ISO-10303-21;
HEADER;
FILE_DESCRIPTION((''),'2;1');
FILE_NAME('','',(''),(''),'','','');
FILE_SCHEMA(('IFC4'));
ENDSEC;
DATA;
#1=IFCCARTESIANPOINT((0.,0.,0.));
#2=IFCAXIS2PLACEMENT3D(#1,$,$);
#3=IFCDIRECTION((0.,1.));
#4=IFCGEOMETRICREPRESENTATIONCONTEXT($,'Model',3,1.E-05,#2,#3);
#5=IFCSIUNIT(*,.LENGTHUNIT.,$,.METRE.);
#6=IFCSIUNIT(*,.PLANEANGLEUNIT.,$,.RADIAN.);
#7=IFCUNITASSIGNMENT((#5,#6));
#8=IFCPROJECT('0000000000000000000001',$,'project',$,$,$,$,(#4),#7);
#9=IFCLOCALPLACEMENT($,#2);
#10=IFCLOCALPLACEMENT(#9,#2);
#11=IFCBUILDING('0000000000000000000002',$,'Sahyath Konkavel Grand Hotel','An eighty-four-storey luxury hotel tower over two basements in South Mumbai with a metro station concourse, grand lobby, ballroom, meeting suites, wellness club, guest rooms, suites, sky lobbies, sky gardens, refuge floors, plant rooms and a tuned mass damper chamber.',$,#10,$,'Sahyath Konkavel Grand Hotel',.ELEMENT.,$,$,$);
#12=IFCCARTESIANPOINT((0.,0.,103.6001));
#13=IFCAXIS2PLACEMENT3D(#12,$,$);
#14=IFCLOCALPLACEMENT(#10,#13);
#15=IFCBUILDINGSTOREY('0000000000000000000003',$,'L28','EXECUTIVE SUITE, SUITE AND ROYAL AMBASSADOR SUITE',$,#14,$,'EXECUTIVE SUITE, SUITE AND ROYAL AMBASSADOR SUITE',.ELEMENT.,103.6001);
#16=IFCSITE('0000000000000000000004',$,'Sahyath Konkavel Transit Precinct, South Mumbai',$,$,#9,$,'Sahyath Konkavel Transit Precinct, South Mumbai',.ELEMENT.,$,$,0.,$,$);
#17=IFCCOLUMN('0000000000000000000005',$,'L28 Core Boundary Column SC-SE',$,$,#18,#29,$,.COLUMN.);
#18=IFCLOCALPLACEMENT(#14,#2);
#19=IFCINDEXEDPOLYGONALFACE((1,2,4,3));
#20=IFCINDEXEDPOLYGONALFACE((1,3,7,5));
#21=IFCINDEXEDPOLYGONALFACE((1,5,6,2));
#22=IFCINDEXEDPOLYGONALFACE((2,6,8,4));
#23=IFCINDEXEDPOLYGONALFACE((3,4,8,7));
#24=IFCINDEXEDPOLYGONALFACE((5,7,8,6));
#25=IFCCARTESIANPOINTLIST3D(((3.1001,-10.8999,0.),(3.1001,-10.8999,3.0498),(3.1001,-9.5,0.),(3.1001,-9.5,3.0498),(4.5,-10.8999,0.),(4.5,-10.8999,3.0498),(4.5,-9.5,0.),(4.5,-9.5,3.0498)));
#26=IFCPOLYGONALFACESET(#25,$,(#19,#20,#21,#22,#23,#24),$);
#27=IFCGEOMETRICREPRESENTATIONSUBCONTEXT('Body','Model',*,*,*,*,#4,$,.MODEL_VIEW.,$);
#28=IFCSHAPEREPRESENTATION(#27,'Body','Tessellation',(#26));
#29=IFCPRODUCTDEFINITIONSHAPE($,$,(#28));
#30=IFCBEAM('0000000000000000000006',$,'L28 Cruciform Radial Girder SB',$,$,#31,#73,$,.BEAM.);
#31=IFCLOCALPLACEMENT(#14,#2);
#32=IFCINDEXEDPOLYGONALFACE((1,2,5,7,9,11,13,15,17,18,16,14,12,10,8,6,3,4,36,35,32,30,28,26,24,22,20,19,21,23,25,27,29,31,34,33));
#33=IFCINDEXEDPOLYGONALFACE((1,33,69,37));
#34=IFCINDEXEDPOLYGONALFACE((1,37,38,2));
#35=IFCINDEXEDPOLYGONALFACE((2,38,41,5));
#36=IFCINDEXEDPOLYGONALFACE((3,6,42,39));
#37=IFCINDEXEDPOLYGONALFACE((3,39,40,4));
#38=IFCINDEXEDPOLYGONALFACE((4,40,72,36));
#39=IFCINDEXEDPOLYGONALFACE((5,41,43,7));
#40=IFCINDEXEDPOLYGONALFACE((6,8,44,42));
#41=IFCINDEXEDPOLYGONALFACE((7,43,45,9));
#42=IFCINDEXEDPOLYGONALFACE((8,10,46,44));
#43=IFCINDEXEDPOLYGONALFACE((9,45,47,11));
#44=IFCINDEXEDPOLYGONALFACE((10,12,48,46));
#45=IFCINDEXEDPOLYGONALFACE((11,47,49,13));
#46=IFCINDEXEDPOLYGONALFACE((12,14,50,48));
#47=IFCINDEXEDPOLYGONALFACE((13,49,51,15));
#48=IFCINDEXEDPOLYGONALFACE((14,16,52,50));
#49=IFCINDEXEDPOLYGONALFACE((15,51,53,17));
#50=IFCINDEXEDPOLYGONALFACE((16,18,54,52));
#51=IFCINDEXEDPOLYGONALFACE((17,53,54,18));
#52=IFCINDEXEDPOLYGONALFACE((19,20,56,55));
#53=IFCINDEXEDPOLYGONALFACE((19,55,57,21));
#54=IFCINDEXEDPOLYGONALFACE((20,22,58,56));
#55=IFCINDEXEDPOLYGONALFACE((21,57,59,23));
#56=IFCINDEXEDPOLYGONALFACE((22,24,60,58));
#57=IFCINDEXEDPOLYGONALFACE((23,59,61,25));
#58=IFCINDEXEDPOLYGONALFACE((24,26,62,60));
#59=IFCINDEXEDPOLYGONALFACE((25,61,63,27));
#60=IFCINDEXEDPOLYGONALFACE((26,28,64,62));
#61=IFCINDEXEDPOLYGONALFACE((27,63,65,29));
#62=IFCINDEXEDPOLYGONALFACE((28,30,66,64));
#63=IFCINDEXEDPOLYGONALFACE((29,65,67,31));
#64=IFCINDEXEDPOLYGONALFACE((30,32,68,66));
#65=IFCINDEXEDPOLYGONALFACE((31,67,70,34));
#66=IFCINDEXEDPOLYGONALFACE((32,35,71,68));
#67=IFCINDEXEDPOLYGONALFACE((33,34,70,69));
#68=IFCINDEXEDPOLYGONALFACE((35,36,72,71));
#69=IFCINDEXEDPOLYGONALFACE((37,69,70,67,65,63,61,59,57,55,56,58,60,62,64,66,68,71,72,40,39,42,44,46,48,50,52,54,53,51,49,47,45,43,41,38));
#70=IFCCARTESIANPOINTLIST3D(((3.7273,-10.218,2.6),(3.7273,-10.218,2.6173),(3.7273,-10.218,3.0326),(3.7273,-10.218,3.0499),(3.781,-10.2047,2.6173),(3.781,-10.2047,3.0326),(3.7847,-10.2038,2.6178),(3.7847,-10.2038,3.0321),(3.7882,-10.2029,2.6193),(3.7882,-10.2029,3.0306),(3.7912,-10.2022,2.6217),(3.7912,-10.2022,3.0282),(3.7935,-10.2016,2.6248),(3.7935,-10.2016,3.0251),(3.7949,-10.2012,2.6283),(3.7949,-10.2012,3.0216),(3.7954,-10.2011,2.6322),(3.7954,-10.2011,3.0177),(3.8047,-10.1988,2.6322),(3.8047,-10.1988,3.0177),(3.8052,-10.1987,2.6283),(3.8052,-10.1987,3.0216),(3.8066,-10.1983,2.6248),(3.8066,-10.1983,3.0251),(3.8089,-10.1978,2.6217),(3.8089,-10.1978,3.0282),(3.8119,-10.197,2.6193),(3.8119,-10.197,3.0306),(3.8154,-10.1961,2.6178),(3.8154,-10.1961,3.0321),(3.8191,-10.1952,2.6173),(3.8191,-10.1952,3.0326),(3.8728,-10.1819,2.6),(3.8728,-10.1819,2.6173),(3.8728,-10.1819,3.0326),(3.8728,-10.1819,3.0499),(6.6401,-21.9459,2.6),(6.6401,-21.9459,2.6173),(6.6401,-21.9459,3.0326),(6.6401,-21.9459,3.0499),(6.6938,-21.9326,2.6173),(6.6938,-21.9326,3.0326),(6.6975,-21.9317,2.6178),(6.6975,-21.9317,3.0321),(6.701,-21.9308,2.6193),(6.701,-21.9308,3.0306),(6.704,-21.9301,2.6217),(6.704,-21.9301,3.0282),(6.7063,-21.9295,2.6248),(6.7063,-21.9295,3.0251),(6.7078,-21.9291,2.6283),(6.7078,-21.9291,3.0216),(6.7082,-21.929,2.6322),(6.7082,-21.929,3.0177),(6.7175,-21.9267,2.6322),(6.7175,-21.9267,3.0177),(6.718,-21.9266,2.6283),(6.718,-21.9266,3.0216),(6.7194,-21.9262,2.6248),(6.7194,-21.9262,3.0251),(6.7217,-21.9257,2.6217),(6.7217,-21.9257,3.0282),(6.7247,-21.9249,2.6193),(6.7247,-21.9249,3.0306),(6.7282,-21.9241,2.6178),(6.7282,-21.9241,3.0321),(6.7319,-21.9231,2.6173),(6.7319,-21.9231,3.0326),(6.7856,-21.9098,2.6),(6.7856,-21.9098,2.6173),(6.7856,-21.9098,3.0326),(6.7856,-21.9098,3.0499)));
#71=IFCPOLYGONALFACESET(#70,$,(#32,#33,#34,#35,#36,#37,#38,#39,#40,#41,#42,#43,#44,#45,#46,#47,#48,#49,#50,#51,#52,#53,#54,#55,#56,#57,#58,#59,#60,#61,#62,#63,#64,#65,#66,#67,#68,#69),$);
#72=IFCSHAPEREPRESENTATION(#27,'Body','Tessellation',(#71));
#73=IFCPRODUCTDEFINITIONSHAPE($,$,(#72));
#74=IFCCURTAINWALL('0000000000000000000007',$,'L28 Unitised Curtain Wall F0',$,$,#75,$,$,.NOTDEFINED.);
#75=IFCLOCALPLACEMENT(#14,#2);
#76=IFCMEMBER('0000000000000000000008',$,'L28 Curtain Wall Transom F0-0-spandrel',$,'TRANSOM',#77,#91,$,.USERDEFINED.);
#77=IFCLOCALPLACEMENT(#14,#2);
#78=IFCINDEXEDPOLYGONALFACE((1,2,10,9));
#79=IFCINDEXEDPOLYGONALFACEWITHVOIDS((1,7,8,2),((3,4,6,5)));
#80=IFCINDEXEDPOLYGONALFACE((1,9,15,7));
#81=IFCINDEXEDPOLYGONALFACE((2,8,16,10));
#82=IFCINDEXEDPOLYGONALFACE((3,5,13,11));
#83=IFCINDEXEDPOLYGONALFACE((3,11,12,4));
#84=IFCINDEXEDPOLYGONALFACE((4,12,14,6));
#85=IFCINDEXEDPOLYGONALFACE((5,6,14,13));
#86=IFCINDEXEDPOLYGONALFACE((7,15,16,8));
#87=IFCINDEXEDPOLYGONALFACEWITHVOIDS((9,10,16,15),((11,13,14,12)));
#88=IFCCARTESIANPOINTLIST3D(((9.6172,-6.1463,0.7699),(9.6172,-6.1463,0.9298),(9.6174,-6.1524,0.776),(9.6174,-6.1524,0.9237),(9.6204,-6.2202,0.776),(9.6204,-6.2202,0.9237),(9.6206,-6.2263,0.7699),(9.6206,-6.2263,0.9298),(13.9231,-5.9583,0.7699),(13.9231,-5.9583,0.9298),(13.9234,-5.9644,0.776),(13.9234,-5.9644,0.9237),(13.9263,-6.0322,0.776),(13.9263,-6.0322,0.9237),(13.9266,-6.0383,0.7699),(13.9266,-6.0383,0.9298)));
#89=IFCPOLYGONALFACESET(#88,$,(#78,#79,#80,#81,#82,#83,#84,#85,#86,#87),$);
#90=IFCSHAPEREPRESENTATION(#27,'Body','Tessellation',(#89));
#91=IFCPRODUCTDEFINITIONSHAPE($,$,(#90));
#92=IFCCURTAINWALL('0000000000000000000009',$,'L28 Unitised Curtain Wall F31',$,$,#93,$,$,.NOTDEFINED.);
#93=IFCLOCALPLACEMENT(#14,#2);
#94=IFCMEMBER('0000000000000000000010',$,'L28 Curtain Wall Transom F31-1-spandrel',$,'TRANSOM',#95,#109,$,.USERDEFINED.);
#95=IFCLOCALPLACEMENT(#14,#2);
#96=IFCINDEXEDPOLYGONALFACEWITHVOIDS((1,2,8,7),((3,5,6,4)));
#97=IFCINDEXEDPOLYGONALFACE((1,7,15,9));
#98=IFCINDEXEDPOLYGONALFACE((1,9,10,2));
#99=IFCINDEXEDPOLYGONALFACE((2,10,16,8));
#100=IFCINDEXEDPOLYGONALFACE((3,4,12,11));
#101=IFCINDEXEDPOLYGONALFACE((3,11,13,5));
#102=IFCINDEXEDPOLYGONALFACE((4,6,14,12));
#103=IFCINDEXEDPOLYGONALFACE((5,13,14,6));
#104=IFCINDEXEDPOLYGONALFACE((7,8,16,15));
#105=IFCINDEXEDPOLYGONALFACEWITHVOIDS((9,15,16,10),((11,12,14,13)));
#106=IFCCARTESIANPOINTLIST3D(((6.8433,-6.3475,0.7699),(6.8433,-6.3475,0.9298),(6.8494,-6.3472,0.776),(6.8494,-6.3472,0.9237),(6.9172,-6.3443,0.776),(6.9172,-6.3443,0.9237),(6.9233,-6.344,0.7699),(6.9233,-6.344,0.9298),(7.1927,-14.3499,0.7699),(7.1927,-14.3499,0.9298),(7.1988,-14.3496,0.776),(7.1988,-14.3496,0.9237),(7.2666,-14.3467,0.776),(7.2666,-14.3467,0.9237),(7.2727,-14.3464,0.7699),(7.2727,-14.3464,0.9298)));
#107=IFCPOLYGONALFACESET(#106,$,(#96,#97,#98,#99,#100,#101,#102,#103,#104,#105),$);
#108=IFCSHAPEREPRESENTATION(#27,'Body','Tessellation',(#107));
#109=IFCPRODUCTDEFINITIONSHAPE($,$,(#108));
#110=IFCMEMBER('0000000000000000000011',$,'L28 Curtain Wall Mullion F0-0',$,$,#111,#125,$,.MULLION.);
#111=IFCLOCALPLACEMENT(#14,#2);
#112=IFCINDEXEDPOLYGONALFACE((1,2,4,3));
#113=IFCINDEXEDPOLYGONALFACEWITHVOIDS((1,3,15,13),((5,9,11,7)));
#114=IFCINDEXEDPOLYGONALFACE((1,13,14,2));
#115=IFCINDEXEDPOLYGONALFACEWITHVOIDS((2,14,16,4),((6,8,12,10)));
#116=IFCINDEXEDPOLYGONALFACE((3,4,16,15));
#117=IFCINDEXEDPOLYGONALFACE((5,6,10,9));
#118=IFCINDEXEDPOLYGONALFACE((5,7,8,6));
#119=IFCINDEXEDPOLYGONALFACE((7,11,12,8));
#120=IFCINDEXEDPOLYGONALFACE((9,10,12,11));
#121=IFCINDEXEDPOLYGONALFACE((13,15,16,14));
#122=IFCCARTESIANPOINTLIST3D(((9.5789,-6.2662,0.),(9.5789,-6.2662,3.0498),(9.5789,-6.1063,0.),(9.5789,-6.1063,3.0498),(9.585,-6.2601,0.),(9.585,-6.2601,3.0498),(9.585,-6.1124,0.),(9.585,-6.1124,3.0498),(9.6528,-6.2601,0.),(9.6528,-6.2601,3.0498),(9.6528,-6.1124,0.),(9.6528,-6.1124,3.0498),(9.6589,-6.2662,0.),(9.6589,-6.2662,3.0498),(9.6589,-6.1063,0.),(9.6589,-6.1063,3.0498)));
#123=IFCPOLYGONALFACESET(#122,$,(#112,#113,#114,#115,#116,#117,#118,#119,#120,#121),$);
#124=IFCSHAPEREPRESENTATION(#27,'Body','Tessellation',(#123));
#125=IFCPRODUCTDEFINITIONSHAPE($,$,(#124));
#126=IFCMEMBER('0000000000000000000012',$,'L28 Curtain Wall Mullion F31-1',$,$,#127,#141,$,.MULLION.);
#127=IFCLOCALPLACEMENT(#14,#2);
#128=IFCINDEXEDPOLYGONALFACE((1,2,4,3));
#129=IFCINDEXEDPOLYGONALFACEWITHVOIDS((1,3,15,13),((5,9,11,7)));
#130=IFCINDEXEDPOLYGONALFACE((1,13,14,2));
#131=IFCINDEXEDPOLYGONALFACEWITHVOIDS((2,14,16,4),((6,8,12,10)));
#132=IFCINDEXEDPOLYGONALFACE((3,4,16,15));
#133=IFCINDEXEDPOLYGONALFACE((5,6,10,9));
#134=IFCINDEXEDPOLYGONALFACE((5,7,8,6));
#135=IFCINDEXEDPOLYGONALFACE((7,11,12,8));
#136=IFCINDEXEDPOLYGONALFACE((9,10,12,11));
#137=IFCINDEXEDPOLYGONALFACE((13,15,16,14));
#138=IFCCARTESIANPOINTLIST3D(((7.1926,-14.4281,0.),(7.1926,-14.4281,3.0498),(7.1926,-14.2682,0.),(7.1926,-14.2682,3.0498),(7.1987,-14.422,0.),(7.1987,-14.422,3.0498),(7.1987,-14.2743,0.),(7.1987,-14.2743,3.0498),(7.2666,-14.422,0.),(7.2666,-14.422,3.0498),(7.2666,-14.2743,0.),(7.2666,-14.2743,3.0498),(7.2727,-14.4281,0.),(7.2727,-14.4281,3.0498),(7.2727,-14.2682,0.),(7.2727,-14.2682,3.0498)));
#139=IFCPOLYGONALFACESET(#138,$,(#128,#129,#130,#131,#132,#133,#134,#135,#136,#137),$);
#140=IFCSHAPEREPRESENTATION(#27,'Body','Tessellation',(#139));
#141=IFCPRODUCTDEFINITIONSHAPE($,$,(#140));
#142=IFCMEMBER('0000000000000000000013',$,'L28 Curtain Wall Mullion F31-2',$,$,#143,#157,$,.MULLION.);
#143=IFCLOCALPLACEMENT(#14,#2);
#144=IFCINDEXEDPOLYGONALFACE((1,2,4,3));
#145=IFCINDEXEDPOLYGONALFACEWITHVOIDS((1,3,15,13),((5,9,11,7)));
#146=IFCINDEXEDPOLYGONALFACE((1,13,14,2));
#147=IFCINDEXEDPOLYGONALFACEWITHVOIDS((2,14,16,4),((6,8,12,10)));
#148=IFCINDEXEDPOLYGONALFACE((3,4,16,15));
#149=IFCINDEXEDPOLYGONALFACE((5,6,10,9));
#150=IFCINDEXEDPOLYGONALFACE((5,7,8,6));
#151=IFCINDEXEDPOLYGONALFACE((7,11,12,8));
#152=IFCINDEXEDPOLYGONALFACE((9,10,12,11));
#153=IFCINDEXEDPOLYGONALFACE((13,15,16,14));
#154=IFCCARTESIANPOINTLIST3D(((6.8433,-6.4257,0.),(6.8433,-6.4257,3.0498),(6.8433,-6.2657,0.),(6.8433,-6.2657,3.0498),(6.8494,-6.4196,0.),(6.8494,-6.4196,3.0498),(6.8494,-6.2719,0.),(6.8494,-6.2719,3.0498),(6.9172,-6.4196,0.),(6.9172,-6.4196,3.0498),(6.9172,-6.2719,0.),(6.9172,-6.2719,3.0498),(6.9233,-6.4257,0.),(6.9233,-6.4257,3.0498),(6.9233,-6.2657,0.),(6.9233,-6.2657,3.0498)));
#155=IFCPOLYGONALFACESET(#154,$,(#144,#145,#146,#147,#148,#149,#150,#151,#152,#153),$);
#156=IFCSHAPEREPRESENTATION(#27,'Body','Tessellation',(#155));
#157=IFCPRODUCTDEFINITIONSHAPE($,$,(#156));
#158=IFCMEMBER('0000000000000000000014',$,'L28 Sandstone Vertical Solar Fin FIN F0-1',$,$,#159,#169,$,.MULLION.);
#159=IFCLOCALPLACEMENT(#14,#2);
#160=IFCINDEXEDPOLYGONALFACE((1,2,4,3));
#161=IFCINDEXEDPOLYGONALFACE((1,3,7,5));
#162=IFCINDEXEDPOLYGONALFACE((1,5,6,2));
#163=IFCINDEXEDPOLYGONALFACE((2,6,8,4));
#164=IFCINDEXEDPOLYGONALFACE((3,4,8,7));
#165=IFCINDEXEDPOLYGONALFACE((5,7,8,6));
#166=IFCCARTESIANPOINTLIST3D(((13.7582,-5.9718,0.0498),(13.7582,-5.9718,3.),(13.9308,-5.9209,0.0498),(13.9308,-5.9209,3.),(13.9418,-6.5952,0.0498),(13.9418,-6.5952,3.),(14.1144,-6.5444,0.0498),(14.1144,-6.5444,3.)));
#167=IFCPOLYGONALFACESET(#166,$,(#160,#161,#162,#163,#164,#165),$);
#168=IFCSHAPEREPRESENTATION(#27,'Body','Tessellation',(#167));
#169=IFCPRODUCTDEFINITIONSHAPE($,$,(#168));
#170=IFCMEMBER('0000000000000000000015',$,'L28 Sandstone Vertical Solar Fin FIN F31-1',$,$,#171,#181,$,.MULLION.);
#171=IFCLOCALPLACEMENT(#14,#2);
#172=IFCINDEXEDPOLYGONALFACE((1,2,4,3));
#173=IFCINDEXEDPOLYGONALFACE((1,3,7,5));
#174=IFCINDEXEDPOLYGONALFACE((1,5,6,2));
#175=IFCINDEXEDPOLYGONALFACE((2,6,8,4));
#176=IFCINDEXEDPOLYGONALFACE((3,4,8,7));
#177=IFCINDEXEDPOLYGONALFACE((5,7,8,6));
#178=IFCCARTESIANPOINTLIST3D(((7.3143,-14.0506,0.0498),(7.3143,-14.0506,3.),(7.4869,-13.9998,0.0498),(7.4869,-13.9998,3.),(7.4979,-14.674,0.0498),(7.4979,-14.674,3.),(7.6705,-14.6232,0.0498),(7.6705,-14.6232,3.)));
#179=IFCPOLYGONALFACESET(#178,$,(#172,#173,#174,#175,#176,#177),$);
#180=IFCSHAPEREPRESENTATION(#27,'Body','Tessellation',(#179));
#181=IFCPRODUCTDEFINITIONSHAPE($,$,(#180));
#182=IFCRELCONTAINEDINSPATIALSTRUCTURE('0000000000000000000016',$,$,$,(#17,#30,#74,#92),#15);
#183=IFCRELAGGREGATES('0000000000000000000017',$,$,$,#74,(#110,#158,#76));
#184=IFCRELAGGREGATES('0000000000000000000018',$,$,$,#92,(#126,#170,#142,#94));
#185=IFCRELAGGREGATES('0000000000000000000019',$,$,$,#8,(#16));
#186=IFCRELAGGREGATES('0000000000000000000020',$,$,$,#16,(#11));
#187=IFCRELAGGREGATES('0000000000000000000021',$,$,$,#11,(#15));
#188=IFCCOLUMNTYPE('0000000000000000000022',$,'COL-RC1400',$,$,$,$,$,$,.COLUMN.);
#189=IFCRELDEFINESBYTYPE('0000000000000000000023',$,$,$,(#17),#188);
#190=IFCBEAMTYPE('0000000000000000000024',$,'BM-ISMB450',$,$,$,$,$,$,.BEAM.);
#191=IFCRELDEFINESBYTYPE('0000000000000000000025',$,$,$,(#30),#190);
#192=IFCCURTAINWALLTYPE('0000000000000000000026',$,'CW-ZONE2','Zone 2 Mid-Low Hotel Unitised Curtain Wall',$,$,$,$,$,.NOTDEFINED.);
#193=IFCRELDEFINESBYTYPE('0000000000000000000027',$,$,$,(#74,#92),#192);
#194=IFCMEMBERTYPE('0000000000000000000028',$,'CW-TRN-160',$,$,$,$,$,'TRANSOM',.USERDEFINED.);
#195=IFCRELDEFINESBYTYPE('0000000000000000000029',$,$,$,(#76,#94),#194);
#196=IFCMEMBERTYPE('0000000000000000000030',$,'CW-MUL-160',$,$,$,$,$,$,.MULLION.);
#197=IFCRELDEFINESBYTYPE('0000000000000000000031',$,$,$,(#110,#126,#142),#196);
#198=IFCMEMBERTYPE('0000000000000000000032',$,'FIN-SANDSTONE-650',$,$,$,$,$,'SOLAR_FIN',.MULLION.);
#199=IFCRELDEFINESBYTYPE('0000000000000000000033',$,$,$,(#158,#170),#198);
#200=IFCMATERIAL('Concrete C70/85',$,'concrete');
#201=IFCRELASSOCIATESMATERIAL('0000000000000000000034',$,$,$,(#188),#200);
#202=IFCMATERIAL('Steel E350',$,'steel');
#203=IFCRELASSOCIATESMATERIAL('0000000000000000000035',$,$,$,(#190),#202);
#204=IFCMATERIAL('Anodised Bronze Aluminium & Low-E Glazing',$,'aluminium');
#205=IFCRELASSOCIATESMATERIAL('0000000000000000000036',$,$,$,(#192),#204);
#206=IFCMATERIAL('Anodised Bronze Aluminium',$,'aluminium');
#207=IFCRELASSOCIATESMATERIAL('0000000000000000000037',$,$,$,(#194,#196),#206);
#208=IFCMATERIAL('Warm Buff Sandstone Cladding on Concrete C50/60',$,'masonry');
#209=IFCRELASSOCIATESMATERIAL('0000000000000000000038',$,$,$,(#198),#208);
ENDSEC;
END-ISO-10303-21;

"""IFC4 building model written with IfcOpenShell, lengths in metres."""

from ifc_helpers import new_model, si_unit, direction, frame, origin, origin_2d, place, context, subcontext, project, spatial, rectangle, hollow_rectangle, i_section, extrude, source, transform, mapped, material, material_profile, profile_set, type_object, element, aggregate, save


model = new_model("IFC4")

# Units and contexts
model_context = context("Model", 3, precision=1e-05, world=origin(), true_north=direction((0.0, 1.0)))
body_context = subcontext(model_context, "Body", "Model", "MODEL_VIEW")
ifc_project = project(units=[si_unit("LENGTHUNIT", "METRE"), si_unit("PLANEANGLEUNIT", "RADIAN")], contexts=[model_context])

# Site, building, storey
site_placement = place(None, origin())
site = spatial("IfcSite", under=ifc_project, at=site_placement, Name="Sahyath Konkavel Transit Precinct, South Mumbai", LongName="Sahyath Konkavel Transit Precinct, South Mumbai", CompositionType="ELEMENT", RefElevation=0.0)
building_placement = place(site_placement, origin())
building = spatial("IfcBuilding", under=site, at=building_placement, Name="Sahyath Konkavel Grand Hotel", Description="An eighty-four-storey luxury hotel tower over two basements in South Mumbai with a metro station concourse, grand lobby, ballroom, meeting suites, wellness club, guest rooms, suites, sky lobbies, sky gardens, refuge floors, plant rooms and a tuned mass damper chamber.", LongName="Sahyath Konkavel Grand Hotel", CompositionType="ELEMENT")
storey_placement = place(building_placement, frame((0.0, 0.0, 103.6001)))
storey = spatial("IfcBuildingStorey", under=building, at=storey_placement, Name="L28", Description="EXECUTIVE SUITE, SUITE AND ROYAL AMBASSADOR SUITE", LongName="EXECUTIVE SUITE, SUITE AND ROYAL AMBASSADOR SUITE", CompositionType="ELEMENT", Elevation=103.6001)

# Column
ifc_material_1 = material(Name="Concrete C70/85", Category="concrete")
ifc_material_profile_1 = material_profile(ifc_material_1, rectangle(XDim=1.3999, YDim=1.3999, at=origin_2d()), Name="RC 1400x1400")
ifc_profile_set_1 = profile_set([ifc_material_profile_1], Name="Concrete C70/85")
column_type = type_object("IfcColumnType", Name="COL-RC1400", PredefinedType="COLUMN", material=ifc_profile_set_1)
shared_shape_1 = source(origin(), body_context, "Body", "SweptSolid", [
    extrude(rectangle(XDim=1.3999, YDim=1.3999, at=origin_2d()), origin(), (0.0, 0.0, 1.0), 3.0498),
])
column_placement = place(storey_placement, frame((3.8, -10.2, 0.0), z_axis=(0.0, 0.0, 1.0), x_axis=(1.0, 0.0, 0.0)))
element("IfcColumn", 1, at=column_placement, inside=storey, type_object=column_type, Name="L28 Core Boundary Column SC-SE", PredefinedType="COLUMN", context=body_context, shape_type="MappedRepresentation", body=[
    mapped(shared_shape_1, transform((0.0, 0.0, 0.0), scale=1.0)),
])

# Beam
ifc_material_2 = material(Name="Steel E350", Category="steel")
ifc_material_profile_2 = material_profile(ifc_material_2, i_section(OverallWidth=0.1499, OverallDepth=0.45, WebThickness=0.0095, FlangeThickness=0.0173, FilletRadius=0.0149, at=origin_2d()), Name="ISMB 450")
ifc_profile_set_2 = profile_set([ifc_material_profile_2], Name="Steel E350")
beam_type = type_object("IfcBeamType", Name="BM-ISMB450", PredefinedType="BEAM", material=ifc_profile_set_2)
shared_shape_2 = source(origin(), body_context, "Body", "SweptSolid", [
    extrude(i_section(OverallWidth=0.1499, OverallDepth=0.45, WebThickness=0.0095, FlangeThickness=0.0173, FilletRadius=0.0149, at=origin_2d()), origin(), (0.0, 0.0, 1.0), 12.0842),
])
beam_placement = place(storey_placement, frame((3.8, -10.2, 2.825), z_axis=(0.241043, -0.970515, 0.0), x_axis=(0.970515, 0.241043, 0.0)))
element("IfcBeam", 2, at=beam_placement, inside=storey, type_object=beam_type, Name="L28 Cruciform Radial Girder SB", PredefinedType="BEAM", context=body_context, shape_type="MappedRepresentation", body=[
    mapped(shared_shape_2, transform((0.0, 0.0, 0.0), scale=1.0)),
])

# Curtain walls, members
ifc_material_3 = material(Name="Anodised Bronze Aluminium & Low-E Glazing", Category="aluminium")
curtain_wall_type = type_object("IfcCurtainWallType", Name="CW-ZONE2", Description="Zone 2 Mid-Low Hotel Unitised Curtain Wall", PredefinedType="NOTDEFINED", material=ifc_material_3)
curtain_wall_1_placement = place(storey_placement, origin())
curtain_wall_1 = element("IfcCurtainWall", 3, at=curtain_wall_1_placement, inside=storey, type_object=curtain_wall_type, Name="L28 Unitised Curtain Wall F0", PredefinedType="NOTDEFINED")
ifc_material_4 = material(Name="Anodised Bronze Aluminium", Category="aluminium")
ifc_material_profile_3 = material_profile(ifc_material_4, hollow_rectangle(XDim=0.0801, YDim=0.1599, WallThickness=0.0061, at=origin_2d()), Name="RHS 160x80x6")
ifc_profile_set_3 = profile_set([ifc_material_profile_3], Name="Anodised Bronze Aluminium")
member_type_1 = type_object("IfcMemberType", Name="CW-TRN-160", ElementType="TRANSOM", PredefinedType="USERDEFINED", material=ifc_profile_set_3)
shared_shape_3 = source(origin(), body_context, "Body", "SweptSolid", [
    extrude(hollow_rectangle(XDim=0.0801, YDim=0.1599, WallThickness=0.0061, at=origin_2d()), origin(), (0.0, 0.0, 1.0), 4.3101),
])
member_1_placement = place(storey_placement, frame((9.6189, -6.1863, 0.8499), z_axis=(0.999048, 0.043617, 0.0), x_axis=(-0.043617, 0.999048, 0.0)))
member_1 = element("IfcMember", 4, at=member_1_placement, type_object=member_type_1, Name="L28 Curtain Wall Transom F0-0-spandrel", ObjectType="TRANSOM", PredefinedType="USERDEFINED", context=body_context, shape_type="MappedRepresentation", body=[
    mapped(shared_shape_3, transform((0.0, 0.0, 0.0), scale=1.0)),
])
curtain_wall_2_placement = place(storey_placement, origin())
curtain_wall_2 = element("IfcCurtainWall", 5, at=curtain_wall_2_placement, inside=storey, type_object=curtain_wall_type, Name="L28 Unitised Curtain Wall F31", PredefinedType="NOTDEFINED")
shared_shape_4 = source(origin(), body_context, "Body", "SweptSolid", [
    extrude(hollow_rectangle(XDim=0.0801, YDim=0.1599, WallThickness=0.0061, at=origin_2d()), origin(), (0.0, 0.0, 1.0), 8.01),
])
member_2_placement = place(storey_placement, frame((7.2327, -14.3481, 0.8499), z_axis=(-0.043616, 0.999048, 0.0), x_axis=(-0.999048, -0.043616, 0.0)))
member_2 = element("IfcMember", 6, at=member_2_placement, type_object=member_type_1, Name="L28 Curtain Wall Transom F31-1-spandrel", ObjectType="TRANSOM", PredefinedType="USERDEFINED", context=body_context, shape_type="MappedRepresentation", body=[
    mapped(shared_shape_4, transform((0.0, 0.0, 0.0), scale=1.0)),
])

# Members
ifc_material_profile_4 = material_profile(ifc_material_4, hollow_rectangle(XDim=0.0801, YDim=0.1599, WallThickness=0.0061, at=origin_2d()), Name="RHS 160x80x6")
ifc_profile_set_4 = profile_set([ifc_material_profile_4], Name="Anodised Bronze Aluminium")
member_type_2 = type_object("IfcMemberType", Name="CW-MUL-160", PredefinedType="MULLION", material=ifc_profile_set_4)
shared_shape_5 = source(origin(), body_context, "Body", "SweptSolid", [
    extrude(hollow_rectangle(XDim=0.0801, YDim=0.1599, WallThickness=0.0061, at=origin_2d()), origin(), (0.0, 0.0, 1.0), 3.0498),
])
member_3_placement = place(storey_placement, frame((9.6189, -6.1863, 0.0), z_axis=(0.0, 0.0, 1.0), x_axis=(1.0, 0.0, 0.0)))
member_3 = element("IfcMember", 7, at=member_3_placement, type_object=member_type_2, Name="L28 Curtain Wall Mullion F0-0", PredefinedType="MULLION", context=body_context, shape_type="MappedRepresentation", body=[
    mapped(shared_shape_5, transform((0.0, 0.0, 0.0), scale=1.0)),
])
member_4_placement = place(storey_placement, frame((7.2327, -14.3481, 0.0), z_axis=(0.0, 0.0, 1.0), x_axis=(1.0, 0.0, 0.0)))
member_4 = element("IfcMember", 8, at=member_4_placement, type_object=member_type_2, Name="L28 Curtain Wall Mullion F31-1", PredefinedType="MULLION", context=body_context, shape_type="MappedRepresentation", body=[
    mapped(shared_shape_5, transform((0.0, 0.0, 0.0), scale=1.0)),
])
member_5_placement = place(storey_placement, frame((6.8833, -6.3457, 0.0), z_axis=(0.0, 0.0, 1.0), x_axis=(1.0, 0.0, 0.0)))
member_5 = element("IfcMember", 9, at=member_5_placement, type_object=member_type_2, Name="L28 Curtain Wall Mullion F31-2", PredefinedType="MULLION", context=body_context, shape_type="MappedRepresentation", body=[
    mapped(shared_shape_5, transform((0.0, 0.0, 0.0), scale=1.0)),
])
ifc_material_5 = material(Name="Warm Buff Sandstone Cladding on Concrete C50/60", Category="masonry")
ifc_material_profile_5 = material_profile(ifc_material_5, rectangle(XDim=0.1799, YDim=0.6499, at=origin_2d()), Name="FIN 180x650")
ifc_profile_set_5 = profile_set([ifc_material_profile_5], Name="Warm Buff Sandstone Cladding on Concrete C50/60")
member_type_3 = type_object("IfcMemberType", Name="FIN-SANDSTONE-650", ElementType="SOLAR_FIN", PredefinedType="MULLION", material=ifc_profile_set_5)
shared_shape_6 = source(origin(), body_context, "Body", "SweptSolid", [
    extrude(rectangle(XDim=0.1799, YDim=0.6499, at=origin_2d()), origin(), (0.0, 0.0, 1.0), 2.9502),
])
member_6_placement = place(storey_placement, frame((13.9363, -6.2581, 0.0498), z_axis=(0.0, 0.0, 1.0), x_axis=(0.959265, 0.282509, 0.0)))
member_6 = element("IfcMember", 10, at=member_6_placement, type_object=member_type_3, Name="L28 Sandstone Vertical Solar Fin FIN F0-1", PredefinedType="MULLION", context=body_context, shape_type="MappedRepresentation", body=[
    mapped(shared_shape_6, transform((0.0, 0.0, 0.0), scale=1.0)),
])
aggregate(curtain_wall_1, [member_3, member_6, member_1])
member_7_placement = place(storey_placement, frame((7.4924, -14.3369, 0.0498), z_axis=(0.0, 0.0, 1.0), x_axis=(0.959265, 0.282509, 0.0)))
member_7 = element("IfcMember", 11, at=member_7_placement, type_object=member_type_3, Name="L28 Sandstone Vertical Solar Fin FIN F31-1", PredefinedType="MULLION", context=body_context, shape_type="MappedRepresentation", body=[
    mapped(shared_shape_6, transform((0.0, 0.0, 0.0), scale=1.0)),
])

aggregate(curtain_wall_2, [member_4, member_7, member_5, member_2])

save(model, "model.ifc")
